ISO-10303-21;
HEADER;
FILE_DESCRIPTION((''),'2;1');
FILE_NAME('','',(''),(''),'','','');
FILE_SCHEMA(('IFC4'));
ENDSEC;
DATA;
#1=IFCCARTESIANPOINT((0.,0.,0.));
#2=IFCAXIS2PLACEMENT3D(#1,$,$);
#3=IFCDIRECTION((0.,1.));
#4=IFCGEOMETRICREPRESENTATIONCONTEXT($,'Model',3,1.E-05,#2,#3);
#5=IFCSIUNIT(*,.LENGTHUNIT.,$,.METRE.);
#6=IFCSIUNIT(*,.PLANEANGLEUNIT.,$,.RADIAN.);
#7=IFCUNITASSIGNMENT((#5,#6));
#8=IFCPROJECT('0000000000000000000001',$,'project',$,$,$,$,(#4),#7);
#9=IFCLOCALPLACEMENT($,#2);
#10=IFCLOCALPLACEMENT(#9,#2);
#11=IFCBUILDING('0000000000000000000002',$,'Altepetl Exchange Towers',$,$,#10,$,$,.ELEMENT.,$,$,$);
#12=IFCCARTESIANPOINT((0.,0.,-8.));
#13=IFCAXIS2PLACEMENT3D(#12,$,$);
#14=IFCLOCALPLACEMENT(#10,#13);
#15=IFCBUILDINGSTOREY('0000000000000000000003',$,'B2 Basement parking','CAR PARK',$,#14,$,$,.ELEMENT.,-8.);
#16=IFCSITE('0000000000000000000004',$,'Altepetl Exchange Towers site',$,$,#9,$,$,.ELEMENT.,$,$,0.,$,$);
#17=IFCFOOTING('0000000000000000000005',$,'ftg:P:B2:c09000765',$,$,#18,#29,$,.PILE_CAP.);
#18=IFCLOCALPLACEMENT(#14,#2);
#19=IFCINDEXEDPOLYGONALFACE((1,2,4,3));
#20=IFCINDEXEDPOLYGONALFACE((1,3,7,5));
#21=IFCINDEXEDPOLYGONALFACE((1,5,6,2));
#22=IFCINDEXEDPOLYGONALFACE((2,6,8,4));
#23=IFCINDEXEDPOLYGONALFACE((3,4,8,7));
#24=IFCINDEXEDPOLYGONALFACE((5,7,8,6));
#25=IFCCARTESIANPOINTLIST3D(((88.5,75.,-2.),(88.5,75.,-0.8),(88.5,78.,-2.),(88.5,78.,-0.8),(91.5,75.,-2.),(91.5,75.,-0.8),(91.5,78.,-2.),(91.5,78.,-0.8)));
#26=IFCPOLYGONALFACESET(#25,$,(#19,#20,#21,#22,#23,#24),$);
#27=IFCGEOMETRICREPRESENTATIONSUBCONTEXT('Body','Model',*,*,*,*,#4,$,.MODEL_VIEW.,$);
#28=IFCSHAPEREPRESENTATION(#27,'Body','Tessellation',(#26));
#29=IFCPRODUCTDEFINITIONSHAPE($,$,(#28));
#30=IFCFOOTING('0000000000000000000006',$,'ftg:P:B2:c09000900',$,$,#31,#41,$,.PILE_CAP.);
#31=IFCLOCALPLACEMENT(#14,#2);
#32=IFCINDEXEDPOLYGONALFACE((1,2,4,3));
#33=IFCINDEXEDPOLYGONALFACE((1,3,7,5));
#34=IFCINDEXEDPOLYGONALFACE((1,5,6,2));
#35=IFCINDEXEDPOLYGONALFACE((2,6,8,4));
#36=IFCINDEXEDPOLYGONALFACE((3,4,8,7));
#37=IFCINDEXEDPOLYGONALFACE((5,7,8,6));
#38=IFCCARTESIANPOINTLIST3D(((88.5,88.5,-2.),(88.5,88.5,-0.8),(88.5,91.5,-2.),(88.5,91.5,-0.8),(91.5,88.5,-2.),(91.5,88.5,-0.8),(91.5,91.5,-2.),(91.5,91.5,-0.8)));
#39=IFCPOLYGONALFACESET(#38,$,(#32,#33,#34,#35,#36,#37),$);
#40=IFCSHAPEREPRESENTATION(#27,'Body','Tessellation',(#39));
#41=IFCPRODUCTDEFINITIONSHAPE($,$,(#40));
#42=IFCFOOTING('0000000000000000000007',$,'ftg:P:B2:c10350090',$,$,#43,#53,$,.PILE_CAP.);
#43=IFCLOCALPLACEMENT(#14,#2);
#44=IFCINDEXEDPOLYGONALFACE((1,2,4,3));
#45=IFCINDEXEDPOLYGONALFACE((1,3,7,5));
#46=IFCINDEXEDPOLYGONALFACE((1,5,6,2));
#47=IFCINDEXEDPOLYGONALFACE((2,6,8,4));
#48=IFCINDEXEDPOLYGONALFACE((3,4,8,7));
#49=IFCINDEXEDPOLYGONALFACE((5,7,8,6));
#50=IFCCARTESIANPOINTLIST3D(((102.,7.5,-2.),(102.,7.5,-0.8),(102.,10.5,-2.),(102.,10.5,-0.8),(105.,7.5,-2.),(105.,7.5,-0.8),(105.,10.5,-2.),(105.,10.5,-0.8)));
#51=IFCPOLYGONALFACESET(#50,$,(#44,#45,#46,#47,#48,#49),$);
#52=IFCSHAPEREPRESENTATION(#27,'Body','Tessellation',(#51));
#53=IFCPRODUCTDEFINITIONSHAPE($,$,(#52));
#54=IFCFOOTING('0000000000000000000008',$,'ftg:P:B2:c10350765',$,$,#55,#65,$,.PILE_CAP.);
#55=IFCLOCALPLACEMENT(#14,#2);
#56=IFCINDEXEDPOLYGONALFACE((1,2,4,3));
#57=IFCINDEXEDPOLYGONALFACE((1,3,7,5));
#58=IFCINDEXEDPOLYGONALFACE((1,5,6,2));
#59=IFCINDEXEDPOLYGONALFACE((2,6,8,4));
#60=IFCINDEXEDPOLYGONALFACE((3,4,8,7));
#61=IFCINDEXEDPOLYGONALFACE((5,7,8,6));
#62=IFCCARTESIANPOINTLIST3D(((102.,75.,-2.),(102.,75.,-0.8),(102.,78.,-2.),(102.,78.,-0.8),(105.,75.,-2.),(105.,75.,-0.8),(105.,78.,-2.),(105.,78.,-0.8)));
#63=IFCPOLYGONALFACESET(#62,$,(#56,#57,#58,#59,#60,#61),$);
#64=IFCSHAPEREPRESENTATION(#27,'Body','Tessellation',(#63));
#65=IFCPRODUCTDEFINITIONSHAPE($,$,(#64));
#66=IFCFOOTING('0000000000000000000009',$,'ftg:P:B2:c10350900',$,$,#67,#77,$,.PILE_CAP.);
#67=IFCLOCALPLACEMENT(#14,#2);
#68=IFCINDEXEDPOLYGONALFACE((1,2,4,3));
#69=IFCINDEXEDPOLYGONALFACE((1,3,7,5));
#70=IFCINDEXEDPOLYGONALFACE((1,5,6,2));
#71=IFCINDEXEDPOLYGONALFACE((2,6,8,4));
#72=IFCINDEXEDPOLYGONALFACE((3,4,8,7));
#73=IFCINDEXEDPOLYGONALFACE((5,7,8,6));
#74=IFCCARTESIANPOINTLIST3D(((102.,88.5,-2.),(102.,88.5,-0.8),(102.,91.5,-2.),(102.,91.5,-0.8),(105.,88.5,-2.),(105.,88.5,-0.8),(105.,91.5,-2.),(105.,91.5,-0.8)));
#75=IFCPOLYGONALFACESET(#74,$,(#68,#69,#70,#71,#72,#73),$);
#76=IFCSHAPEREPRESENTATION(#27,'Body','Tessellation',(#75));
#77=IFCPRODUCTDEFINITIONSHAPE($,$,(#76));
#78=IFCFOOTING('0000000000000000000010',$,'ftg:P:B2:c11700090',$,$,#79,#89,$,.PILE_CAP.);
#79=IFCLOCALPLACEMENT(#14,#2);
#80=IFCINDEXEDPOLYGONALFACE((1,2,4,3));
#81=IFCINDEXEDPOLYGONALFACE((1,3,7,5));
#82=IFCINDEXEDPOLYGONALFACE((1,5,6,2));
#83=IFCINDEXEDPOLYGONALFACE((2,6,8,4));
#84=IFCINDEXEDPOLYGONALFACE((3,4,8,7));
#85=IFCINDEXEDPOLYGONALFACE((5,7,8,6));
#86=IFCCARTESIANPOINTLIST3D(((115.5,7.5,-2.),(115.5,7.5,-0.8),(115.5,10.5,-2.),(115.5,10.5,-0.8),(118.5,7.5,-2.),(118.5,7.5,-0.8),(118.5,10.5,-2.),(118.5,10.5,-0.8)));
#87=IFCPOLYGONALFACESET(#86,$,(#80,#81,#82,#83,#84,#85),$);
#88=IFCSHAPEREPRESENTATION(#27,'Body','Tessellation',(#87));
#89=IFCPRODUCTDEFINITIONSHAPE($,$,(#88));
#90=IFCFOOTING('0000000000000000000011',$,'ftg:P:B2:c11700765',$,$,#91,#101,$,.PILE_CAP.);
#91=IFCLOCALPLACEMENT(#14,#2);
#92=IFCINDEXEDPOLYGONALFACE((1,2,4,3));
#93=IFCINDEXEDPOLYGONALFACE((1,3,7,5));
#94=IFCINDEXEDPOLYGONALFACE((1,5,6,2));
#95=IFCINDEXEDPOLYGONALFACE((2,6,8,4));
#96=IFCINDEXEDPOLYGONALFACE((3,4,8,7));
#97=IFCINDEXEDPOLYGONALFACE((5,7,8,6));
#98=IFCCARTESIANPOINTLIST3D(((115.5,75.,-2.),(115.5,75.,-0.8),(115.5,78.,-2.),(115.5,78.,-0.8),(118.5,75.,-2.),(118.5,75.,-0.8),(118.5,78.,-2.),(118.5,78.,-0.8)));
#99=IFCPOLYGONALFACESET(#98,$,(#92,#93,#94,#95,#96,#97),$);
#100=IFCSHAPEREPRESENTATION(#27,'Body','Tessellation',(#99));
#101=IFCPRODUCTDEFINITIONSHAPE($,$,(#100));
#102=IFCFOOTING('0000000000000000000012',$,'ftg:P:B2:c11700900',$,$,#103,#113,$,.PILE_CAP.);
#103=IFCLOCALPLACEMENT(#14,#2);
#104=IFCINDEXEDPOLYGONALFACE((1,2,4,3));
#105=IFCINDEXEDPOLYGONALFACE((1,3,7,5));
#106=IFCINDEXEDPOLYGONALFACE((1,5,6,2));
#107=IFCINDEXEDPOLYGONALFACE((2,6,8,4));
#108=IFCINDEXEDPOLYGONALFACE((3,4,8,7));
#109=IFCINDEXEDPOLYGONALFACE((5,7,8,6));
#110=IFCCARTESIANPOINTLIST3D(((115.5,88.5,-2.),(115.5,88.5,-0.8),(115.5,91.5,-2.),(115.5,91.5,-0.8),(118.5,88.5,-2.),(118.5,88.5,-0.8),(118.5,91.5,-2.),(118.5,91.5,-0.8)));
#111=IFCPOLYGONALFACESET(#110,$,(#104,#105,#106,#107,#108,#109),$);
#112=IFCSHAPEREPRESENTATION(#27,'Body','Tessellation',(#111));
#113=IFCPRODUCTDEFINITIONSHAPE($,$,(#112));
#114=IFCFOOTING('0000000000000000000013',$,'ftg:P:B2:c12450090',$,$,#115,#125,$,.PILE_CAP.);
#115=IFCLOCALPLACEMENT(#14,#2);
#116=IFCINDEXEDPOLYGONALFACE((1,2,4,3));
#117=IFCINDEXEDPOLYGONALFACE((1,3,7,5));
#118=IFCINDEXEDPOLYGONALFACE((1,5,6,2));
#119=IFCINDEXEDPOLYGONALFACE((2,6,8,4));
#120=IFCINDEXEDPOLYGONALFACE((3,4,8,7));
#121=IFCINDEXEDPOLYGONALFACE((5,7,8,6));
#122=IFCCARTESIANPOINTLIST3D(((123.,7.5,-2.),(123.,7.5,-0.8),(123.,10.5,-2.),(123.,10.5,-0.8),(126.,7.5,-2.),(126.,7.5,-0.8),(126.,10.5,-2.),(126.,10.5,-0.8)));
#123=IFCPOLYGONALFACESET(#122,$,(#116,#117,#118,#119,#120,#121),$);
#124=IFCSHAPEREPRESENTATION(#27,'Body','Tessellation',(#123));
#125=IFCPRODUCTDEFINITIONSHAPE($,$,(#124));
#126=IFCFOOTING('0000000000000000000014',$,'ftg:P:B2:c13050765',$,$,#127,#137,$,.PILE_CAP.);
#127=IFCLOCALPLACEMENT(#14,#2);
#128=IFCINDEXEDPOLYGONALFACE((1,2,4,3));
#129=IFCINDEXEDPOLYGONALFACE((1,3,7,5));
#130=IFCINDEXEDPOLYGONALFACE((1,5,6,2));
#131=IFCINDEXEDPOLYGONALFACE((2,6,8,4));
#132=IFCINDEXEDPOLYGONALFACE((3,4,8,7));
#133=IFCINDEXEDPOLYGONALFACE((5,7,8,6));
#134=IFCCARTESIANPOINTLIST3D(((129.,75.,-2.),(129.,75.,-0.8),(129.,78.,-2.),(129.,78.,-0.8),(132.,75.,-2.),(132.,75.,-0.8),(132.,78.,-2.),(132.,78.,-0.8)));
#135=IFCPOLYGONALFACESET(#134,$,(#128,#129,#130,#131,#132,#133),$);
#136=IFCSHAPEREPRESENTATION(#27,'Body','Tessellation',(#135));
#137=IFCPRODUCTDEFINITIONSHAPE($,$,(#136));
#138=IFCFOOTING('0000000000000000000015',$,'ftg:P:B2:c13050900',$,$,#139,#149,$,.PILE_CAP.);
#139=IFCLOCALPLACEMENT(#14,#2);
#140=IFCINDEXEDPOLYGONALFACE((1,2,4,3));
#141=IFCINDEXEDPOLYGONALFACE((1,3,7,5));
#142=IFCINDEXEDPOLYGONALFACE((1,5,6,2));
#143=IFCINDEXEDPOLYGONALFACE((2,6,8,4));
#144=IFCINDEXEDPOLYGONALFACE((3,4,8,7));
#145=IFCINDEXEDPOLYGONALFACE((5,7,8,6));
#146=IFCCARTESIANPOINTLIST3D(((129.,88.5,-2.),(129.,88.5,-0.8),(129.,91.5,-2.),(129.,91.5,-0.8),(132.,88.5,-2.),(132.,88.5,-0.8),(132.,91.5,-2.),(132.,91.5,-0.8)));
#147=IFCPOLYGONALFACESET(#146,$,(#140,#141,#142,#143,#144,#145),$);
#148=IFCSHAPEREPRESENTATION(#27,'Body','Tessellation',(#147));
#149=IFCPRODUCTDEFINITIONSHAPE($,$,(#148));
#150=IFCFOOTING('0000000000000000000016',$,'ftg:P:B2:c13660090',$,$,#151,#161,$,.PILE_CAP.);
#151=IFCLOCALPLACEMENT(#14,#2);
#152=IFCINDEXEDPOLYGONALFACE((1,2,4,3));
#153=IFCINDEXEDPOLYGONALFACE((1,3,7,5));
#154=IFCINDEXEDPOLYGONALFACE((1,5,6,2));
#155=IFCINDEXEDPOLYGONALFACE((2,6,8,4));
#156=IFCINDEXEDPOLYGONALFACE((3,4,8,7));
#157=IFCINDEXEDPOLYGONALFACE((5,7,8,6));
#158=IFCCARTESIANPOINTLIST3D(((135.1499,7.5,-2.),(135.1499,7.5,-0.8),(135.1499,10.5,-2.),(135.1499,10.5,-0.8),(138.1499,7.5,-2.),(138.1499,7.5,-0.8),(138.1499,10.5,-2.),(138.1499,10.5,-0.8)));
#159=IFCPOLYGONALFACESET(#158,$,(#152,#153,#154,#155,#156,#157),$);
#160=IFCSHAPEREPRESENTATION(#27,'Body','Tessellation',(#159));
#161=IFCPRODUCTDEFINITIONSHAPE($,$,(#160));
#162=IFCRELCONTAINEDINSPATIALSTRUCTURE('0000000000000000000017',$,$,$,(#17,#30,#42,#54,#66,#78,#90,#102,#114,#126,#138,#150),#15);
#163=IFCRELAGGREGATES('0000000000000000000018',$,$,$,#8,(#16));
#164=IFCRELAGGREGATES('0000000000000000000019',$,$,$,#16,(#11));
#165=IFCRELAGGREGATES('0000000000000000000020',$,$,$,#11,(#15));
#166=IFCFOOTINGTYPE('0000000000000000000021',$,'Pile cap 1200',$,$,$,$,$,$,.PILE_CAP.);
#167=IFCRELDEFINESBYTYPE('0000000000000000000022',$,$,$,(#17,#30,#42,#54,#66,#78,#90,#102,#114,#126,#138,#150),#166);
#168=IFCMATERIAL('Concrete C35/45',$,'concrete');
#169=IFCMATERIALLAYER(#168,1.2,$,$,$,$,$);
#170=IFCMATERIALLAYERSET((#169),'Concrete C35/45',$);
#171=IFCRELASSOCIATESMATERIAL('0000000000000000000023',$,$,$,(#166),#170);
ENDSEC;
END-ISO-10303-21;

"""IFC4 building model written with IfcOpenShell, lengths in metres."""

from ifc_helpers import new_model, si_unit, direction, frame, origin, place, context, subcontext, project, spatial, polyline, outline, extrude, material, layer, layer_set, type_object, element, save


model = new_model("IFC4")

# Units and contexts
model_context = context("Model", 3, precision=1e-05, world=origin(), true_north=direction((0.0, 1.0)))
body_context = subcontext(model_context, "Body", "Model", "MODEL_VIEW")
ifc_project = project(units=[si_unit("LENGTHUNIT", "METRE"), si_unit("PLANEANGLEUNIT", "RADIAN")], contexts=[model_context])

# Site, building, storey
site_placement = place(None, origin())
site = spatial("IfcSite", under=ifc_project, at=site_placement, Name="Altepetl Exchange Towers site", CompositionType="ELEMENT", RefElevation=0.0)
building_placement = place(site_placement, origin())
building = spatial("IfcBuilding", under=site, at=building_placement, Name="Altepetl Exchange Towers", CompositionType="ELEMENT")
storey_placement = place(building_placement, frame((0.0, 0.0, -8.0)))
storey = spatial("IfcBuildingStorey", under=building, at=storey_placement, Name="B2 Basement parking", Description="CAR PARK", CompositionType="ELEMENT", Elevation=-8.0)

# Footings
ifc_material = material(Name="Concrete C35/45", Category="concrete")
ifc_layer = layer(ifc_material, 1.2)
ifc_layer_set = layer_set([ifc_layer], Name="Concrete C35/45")
footing_type = type_object("IfcFootingType", Name="Pile cap 1200", PredefinedType="PILE_CAP", material=ifc_layer_set)
footing_1_placement = place(storey_placement, frame((0.0, 0.0, -2.0)))
element("IfcFooting", 1, at=footing_1_placement, inside=storey, type_object=footing_type, Name="ftg:P:B2:c09000765", PredefinedType="PILE_CAP", context=body_context, shape_type="SweptSolid", body=[
    extrude(outline(polyline([(91.5, 75.0), (91.5, 78.0), (88.5, 78.0), (88.5, 75.0), (91.5, 75.0)])), origin(), (0.0, 0.0, 1.0), 1.2),
])
footing_2_placement = place(storey_placement, frame((0.0, 0.0, -2.0)))
element("IfcFooting", 2, at=footing_2_placement, inside=storey, type_object=footing_type, Name="ftg:P:B2:c09000900", PredefinedType="PILE_CAP", context=body_context, shape_type="SweptSolid", body=[
    extrude(outline(polyline([(91.5, 88.5), (91.5, 91.5), (88.5, 91.5), (88.5, 88.5), (91.5, 88.5)])), origin(), (0.0, 0.0, 1.0), 1.2),
])
footing_3_placement = place(storey_placement, frame((0.0, 0.0, -2.0)))
element("IfcFooting", 3, at=footing_3_placement, inside=storey, type_object=footing_type, Name="ftg:P:B2:c10350090", PredefinedType="PILE_CAP", context=body_context, shape_type="SweptSolid", body=[
    extrude(outline(polyline([(105.0, 7.5), (105.0, 10.5), (102.0, 10.5), (102.0, 7.5), (105.0, 7.5)])), origin(), (0.0, 0.0, 1.0), 1.2),
])
footing_4_placement = place(storey_placement, frame((0.0, 0.0, -2.0)))
element("IfcFooting", 4, at=footing_4_placement, inside=storey, type_object=footing_type, Name="ftg:P:B2:c10350765", PredefinedType="PILE_CAP", context=body_context, shape_type="SweptSolid", body=[
    extrude(outline(polyline([(105.0, 75.0), (105.0, 78.0), (102.0, 78.0), (102.0, 75.0), (105.0, 75.0)])), origin(), (0.0, 0.0, 1.0), 1.2),
])
footing_5_placement = place(storey_placement, frame((0.0, 0.0, -2.0)))
element("IfcFooting", 5, at=footing_5_placement, inside=storey, type_object=footing_type, Name="ftg:P:B2:c10350900", PredefinedType="PILE_CAP", context=body_context, shape_type="SweptSolid", body=[
    extrude(outline(polyline([(105.0, 88.5), (105.0, 91.5), (102.0, 91.5), (102.0, 88.5), (105.0, 88.5)])), origin(), (0.0, 0.0, 1.0), 1.2),
])
footing_6_placement = place(storey_placement, frame((0.0, 0.0, -2.0)))
element("IfcFooting", 6, at=footing_6_placement, inside=storey, type_object=footing_type, Name="ftg:P:B2:c11700090", PredefinedType="PILE_CAP", context=body_context, shape_type="SweptSolid", body=[
    extrude(outline(polyline([(118.5, 7.5), (118.5, 10.5), (115.5, 10.5), (115.5, 7.5), (118.5, 7.5)])), origin(), (0.0, 0.0, 1.0), 1.2),
])
footing_7_placement = place(storey_placement, frame((0.0, 0.0, -2.0)))
element("IfcFooting", 7, at=footing_7_placement, inside=storey, type_object=footing_type, Name="ftg:P:B2:c11700765", PredefinedType="PILE_CAP", context=body_context, shape_type="SweptSolid", body=[
    extrude(outline(polyline([(118.5, 75.0), (118.5, 78.0), (115.5, 78.0), (115.5, 75.0), (118.5, 75.0)])), origin(), (0.0, 0.0, 1.0), 1.2),
])
footing_8_placement = place(storey_placement, frame((0.0, 0.0, -2.0)))
element("IfcFooting", 8, at=footing_8_placement, inside=storey, type_object=footing_type, Name="ftg:P:B2:c11700900", PredefinedType="PILE_CAP", context=body_context, shape_type="SweptSolid", body=[
    extrude(outline(polyline([(118.5, 88.5), (118.5, 91.5), (115.5, 91.5), (115.5, 88.5), (118.5, 88.5)])), origin(), (0.0, 0.0, 1.0), 1.2),
])
footing_9_placement = place(storey_placement, frame((0.0, 0.0, -2.0)))
element("IfcFooting", 9, at=footing_9_placement, inside=storey, type_object=footing_type, Name="ftg:P:B2:c12450090", PredefinedType="PILE_CAP", context=body_context, shape_type="SweptSolid", body=[
    extrude(outline(polyline([(126.0, 7.5), (126.0, 10.5), (123.0, 10.5), (123.0, 7.5), (126.0, 7.5)])), origin(), (0.0, 0.0, 1.0), 1.2),
])
footing_10_placement = place(storey_placement, frame((0.0, 0.0, -2.0)))
element("IfcFooting", 10, at=footing_10_placement, inside=storey, type_object=footing_type, Name="ftg:P:B2:c13050765", PredefinedType="PILE_CAP", context=body_context, shape_type="SweptSolid", body=[
    extrude(outline(polyline([(132.0, 75.0), (132.0, 78.0), (129.0, 78.0), (129.0, 75.0), (132.0, 75.0)])), origin(), (0.0, 0.0, 1.0), 1.2),
])
footing_11_placement = place(storey_placement, frame((0.0, 0.0, -2.0)))
element("IfcFooting", 11, at=footing_11_placement, inside=storey, type_object=footing_type, Name="ftg:P:B2:c13050900", PredefinedType="PILE_CAP", context=body_context, shape_type="SweptSolid", body=[
    extrude(outline(polyline([(132.0, 88.5), (132.0, 91.5), (129.0, 91.5), (129.0, 88.5), (132.0, 88.5)])), origin(), (0.0, 0.0, 1.0), 1.2),
])
footing_12_placement = place(storey_placement, frame((0.0, 0.0, -2.0)))
element("IfcFooting", 12, at=footing_12_placement, inside=storey, type_object=footing_type, Name="ftg:P:B2:c13660090", PredefinedType="PILE_CAP", context=body_context, shape_type="SweptSolid", body=[
    extrude(outline(polyline([(138.1499, 7.5), (138.1499, 10.5), (135.1499, 10.5), (135.1499, 7.5), (138.1499, 7.5)])), origin(), (0.0, 0.0, 1.0), 1.2),
])

save(model, "model.ifc")
